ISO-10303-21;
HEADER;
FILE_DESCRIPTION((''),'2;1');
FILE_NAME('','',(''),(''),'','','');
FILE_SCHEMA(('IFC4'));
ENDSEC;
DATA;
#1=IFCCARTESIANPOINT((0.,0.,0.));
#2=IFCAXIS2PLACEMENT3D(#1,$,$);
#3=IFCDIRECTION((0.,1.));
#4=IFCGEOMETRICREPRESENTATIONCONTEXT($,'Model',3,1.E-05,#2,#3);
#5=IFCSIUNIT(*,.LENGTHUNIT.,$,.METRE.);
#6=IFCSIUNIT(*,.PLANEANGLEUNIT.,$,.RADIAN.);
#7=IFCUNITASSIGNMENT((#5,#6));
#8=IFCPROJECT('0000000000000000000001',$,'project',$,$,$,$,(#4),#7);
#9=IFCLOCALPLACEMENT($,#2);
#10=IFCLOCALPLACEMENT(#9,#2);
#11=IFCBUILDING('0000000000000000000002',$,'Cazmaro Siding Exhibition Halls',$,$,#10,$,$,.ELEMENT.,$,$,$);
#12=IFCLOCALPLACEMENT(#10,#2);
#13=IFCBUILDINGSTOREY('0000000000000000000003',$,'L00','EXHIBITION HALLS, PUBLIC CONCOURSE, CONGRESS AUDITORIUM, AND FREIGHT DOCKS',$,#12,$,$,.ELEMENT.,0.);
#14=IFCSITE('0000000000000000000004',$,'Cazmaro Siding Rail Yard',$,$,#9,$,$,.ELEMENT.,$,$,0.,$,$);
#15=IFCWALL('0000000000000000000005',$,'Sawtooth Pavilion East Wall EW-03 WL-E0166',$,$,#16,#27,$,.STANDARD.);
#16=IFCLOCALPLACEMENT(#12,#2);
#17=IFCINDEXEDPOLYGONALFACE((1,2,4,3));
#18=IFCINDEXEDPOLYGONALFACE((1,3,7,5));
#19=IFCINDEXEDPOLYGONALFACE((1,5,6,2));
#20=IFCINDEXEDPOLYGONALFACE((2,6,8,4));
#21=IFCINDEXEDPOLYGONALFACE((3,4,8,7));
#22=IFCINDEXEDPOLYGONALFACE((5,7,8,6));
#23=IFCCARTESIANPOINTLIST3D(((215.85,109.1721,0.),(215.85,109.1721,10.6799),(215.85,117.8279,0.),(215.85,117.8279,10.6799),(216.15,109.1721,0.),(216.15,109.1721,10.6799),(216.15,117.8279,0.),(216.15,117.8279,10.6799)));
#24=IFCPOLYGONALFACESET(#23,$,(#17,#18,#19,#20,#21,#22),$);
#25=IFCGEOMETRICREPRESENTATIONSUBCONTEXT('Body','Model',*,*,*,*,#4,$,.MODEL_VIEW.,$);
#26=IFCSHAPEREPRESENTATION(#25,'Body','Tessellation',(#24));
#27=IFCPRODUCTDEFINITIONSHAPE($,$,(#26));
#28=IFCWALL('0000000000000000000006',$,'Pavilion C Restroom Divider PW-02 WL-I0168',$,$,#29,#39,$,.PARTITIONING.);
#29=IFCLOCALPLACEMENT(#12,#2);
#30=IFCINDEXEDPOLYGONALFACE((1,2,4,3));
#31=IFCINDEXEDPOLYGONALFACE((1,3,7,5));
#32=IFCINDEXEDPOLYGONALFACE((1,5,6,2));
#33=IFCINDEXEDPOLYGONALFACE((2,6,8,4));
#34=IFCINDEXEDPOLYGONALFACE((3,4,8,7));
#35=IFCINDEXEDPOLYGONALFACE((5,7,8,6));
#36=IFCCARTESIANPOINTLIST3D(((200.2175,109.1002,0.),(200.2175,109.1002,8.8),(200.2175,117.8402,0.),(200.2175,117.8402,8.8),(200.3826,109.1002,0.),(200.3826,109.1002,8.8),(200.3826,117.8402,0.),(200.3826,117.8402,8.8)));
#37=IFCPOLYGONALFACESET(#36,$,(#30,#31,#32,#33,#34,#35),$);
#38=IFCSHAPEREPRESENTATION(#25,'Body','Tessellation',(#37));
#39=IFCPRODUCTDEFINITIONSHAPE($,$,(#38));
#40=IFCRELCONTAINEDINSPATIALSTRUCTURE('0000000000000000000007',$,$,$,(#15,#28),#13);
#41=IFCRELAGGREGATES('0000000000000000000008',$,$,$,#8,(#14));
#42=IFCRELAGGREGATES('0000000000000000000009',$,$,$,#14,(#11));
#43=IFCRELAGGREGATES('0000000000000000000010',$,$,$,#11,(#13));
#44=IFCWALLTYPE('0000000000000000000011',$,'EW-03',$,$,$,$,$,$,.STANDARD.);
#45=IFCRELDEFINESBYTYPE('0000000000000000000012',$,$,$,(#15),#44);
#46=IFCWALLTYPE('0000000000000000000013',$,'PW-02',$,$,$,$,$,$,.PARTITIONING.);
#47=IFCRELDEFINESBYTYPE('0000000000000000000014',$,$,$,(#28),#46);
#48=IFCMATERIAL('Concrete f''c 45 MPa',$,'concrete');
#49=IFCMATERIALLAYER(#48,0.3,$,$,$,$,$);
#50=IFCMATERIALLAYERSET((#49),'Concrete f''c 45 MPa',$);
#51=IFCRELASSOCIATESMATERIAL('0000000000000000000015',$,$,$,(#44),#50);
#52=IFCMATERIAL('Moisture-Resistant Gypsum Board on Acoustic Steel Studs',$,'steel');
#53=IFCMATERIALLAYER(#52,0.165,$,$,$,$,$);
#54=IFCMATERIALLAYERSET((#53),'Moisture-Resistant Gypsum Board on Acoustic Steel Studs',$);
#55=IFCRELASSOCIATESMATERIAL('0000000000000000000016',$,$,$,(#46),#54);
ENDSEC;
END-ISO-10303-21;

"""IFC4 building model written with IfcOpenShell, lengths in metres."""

from ifc_helpers import new_model, si_unit, direction, frame, frame_2d, origin, place, context, subcontext, project, spatial, rectangle, extrude, material, layer, layer_set, type_object, element, save


model = new_model("IFC4")

# Units and contexts
model_context = context("Model", 3, precision=1e-05, world=origin(), true_north=direction((0.0, 1.0)))
body_context = subcontext(model_context, "Body", "Model", "MODEL_VIEW")
ifc_project = project(units=[si_unit("LENGTHUNIT", "METRE"), si_unit("PLANEANGLEUNIT", "RADIAN")], contexts=[model_context])

# Site, building, storey
site_placement = place(None, origin())
site = spatial("IfcSite", under=ifc_project, at=site_placement, Name="Cazmaro Siding Rail Yard", CompositionType="ELEMENT", RefElevation=0.0)
building_placement = place(site_placement, origin())
building = spatial("IfcBuilding", under=site, at=building_placement, Name="Cazmaro Siding Exhibition Halls", CompositionType="ELEMENT")
storey_placement = place(building_placement, origin())
storey = spatial("IfcBuildingStorey", under=building, at=storey_placement, Name="L00", Description="EXHIBITION HALLS, PUBLIC CONCOURSE, CONGRESS AUDITORIUM, AND FREIGHT DOCKS", CompositionType="ELEMENT", Elevation=0.0)

# Shared definitions
ifc_material_1 = material(Name="Concrete f'c 45 MPa", Category="concrete")
ifc_layer_1 = layer(ifc_material_1, 0.3)
ifc_layer_set_1 = layer_set([ifc_layer_1], Name="Concrete f'c 45 MPa")
wall_type_1 = type_object("IfcWallType", Name="EW-03", PredefinedType="STANDARD", material=ifc_layer_set_1)

# Walls
wall_1_placement = place(storey_placement, frame((216.0, 117.8279, 0.0), z_axis=(0.0, 0.0, 1.0), x_axis=(0.0, -1.0, 0.0)))
element("IfcWall", 1, at=wall_1_placement, inside=storey, type_object=wall_type_1, Name="Sawtooth Pavilion East Wall EW-03 WL-E0166", PredefinedType="STANDARD", context=body_context, shape_type="SweptSolid", body=[
    extrude(rectangle(XDim=8.6558, YDim=0.3, at=frame_2d((4.3279, 0.0))), origin(), (0.0, 0.0, 1.0), 10.6799),
])
ifc_material_2 = material(Name="Moisture-Resistant Gypsum Board on Acoustic Steel Studs", Category="steel")
ifc_layer_2 = layer(ifc_material_2, 0.165)
ifc_layer_set_2 = layer_set([ifc_layer_2], Name="Moisture-Resistant Gypsum Board on Acoustic Steel Studs")
wall_type_2 = type_object("IfcWallType", Name="PW-02", PredefinedType="PARTITIONING", material=ifc_layer_set_2)
wall_2_placement = place(storey_placement, frame((200.3, 109.1001, 0.0), z_axis=(0.0, 0.0, 1.0), x_axis=(0.0, 1.0, 0.0)))
element("IfcWall", 2, at=wall_2_placement, inside=storey, type_object=wall_type_2, Name="Pavilion C Restroom Divider PW-02 WL-I0168", PredefinedType="PARTITIONING", context=body_context, shape_type="SweptSolid", body=[
    extrude(rectangle(XDim=8.74, YDim=0.165, at=frame_2d((4.3701, 0.0))), origin(), (0.0, 0.0, 1.0), 8.8),
])

save(model, "model.ifc")
